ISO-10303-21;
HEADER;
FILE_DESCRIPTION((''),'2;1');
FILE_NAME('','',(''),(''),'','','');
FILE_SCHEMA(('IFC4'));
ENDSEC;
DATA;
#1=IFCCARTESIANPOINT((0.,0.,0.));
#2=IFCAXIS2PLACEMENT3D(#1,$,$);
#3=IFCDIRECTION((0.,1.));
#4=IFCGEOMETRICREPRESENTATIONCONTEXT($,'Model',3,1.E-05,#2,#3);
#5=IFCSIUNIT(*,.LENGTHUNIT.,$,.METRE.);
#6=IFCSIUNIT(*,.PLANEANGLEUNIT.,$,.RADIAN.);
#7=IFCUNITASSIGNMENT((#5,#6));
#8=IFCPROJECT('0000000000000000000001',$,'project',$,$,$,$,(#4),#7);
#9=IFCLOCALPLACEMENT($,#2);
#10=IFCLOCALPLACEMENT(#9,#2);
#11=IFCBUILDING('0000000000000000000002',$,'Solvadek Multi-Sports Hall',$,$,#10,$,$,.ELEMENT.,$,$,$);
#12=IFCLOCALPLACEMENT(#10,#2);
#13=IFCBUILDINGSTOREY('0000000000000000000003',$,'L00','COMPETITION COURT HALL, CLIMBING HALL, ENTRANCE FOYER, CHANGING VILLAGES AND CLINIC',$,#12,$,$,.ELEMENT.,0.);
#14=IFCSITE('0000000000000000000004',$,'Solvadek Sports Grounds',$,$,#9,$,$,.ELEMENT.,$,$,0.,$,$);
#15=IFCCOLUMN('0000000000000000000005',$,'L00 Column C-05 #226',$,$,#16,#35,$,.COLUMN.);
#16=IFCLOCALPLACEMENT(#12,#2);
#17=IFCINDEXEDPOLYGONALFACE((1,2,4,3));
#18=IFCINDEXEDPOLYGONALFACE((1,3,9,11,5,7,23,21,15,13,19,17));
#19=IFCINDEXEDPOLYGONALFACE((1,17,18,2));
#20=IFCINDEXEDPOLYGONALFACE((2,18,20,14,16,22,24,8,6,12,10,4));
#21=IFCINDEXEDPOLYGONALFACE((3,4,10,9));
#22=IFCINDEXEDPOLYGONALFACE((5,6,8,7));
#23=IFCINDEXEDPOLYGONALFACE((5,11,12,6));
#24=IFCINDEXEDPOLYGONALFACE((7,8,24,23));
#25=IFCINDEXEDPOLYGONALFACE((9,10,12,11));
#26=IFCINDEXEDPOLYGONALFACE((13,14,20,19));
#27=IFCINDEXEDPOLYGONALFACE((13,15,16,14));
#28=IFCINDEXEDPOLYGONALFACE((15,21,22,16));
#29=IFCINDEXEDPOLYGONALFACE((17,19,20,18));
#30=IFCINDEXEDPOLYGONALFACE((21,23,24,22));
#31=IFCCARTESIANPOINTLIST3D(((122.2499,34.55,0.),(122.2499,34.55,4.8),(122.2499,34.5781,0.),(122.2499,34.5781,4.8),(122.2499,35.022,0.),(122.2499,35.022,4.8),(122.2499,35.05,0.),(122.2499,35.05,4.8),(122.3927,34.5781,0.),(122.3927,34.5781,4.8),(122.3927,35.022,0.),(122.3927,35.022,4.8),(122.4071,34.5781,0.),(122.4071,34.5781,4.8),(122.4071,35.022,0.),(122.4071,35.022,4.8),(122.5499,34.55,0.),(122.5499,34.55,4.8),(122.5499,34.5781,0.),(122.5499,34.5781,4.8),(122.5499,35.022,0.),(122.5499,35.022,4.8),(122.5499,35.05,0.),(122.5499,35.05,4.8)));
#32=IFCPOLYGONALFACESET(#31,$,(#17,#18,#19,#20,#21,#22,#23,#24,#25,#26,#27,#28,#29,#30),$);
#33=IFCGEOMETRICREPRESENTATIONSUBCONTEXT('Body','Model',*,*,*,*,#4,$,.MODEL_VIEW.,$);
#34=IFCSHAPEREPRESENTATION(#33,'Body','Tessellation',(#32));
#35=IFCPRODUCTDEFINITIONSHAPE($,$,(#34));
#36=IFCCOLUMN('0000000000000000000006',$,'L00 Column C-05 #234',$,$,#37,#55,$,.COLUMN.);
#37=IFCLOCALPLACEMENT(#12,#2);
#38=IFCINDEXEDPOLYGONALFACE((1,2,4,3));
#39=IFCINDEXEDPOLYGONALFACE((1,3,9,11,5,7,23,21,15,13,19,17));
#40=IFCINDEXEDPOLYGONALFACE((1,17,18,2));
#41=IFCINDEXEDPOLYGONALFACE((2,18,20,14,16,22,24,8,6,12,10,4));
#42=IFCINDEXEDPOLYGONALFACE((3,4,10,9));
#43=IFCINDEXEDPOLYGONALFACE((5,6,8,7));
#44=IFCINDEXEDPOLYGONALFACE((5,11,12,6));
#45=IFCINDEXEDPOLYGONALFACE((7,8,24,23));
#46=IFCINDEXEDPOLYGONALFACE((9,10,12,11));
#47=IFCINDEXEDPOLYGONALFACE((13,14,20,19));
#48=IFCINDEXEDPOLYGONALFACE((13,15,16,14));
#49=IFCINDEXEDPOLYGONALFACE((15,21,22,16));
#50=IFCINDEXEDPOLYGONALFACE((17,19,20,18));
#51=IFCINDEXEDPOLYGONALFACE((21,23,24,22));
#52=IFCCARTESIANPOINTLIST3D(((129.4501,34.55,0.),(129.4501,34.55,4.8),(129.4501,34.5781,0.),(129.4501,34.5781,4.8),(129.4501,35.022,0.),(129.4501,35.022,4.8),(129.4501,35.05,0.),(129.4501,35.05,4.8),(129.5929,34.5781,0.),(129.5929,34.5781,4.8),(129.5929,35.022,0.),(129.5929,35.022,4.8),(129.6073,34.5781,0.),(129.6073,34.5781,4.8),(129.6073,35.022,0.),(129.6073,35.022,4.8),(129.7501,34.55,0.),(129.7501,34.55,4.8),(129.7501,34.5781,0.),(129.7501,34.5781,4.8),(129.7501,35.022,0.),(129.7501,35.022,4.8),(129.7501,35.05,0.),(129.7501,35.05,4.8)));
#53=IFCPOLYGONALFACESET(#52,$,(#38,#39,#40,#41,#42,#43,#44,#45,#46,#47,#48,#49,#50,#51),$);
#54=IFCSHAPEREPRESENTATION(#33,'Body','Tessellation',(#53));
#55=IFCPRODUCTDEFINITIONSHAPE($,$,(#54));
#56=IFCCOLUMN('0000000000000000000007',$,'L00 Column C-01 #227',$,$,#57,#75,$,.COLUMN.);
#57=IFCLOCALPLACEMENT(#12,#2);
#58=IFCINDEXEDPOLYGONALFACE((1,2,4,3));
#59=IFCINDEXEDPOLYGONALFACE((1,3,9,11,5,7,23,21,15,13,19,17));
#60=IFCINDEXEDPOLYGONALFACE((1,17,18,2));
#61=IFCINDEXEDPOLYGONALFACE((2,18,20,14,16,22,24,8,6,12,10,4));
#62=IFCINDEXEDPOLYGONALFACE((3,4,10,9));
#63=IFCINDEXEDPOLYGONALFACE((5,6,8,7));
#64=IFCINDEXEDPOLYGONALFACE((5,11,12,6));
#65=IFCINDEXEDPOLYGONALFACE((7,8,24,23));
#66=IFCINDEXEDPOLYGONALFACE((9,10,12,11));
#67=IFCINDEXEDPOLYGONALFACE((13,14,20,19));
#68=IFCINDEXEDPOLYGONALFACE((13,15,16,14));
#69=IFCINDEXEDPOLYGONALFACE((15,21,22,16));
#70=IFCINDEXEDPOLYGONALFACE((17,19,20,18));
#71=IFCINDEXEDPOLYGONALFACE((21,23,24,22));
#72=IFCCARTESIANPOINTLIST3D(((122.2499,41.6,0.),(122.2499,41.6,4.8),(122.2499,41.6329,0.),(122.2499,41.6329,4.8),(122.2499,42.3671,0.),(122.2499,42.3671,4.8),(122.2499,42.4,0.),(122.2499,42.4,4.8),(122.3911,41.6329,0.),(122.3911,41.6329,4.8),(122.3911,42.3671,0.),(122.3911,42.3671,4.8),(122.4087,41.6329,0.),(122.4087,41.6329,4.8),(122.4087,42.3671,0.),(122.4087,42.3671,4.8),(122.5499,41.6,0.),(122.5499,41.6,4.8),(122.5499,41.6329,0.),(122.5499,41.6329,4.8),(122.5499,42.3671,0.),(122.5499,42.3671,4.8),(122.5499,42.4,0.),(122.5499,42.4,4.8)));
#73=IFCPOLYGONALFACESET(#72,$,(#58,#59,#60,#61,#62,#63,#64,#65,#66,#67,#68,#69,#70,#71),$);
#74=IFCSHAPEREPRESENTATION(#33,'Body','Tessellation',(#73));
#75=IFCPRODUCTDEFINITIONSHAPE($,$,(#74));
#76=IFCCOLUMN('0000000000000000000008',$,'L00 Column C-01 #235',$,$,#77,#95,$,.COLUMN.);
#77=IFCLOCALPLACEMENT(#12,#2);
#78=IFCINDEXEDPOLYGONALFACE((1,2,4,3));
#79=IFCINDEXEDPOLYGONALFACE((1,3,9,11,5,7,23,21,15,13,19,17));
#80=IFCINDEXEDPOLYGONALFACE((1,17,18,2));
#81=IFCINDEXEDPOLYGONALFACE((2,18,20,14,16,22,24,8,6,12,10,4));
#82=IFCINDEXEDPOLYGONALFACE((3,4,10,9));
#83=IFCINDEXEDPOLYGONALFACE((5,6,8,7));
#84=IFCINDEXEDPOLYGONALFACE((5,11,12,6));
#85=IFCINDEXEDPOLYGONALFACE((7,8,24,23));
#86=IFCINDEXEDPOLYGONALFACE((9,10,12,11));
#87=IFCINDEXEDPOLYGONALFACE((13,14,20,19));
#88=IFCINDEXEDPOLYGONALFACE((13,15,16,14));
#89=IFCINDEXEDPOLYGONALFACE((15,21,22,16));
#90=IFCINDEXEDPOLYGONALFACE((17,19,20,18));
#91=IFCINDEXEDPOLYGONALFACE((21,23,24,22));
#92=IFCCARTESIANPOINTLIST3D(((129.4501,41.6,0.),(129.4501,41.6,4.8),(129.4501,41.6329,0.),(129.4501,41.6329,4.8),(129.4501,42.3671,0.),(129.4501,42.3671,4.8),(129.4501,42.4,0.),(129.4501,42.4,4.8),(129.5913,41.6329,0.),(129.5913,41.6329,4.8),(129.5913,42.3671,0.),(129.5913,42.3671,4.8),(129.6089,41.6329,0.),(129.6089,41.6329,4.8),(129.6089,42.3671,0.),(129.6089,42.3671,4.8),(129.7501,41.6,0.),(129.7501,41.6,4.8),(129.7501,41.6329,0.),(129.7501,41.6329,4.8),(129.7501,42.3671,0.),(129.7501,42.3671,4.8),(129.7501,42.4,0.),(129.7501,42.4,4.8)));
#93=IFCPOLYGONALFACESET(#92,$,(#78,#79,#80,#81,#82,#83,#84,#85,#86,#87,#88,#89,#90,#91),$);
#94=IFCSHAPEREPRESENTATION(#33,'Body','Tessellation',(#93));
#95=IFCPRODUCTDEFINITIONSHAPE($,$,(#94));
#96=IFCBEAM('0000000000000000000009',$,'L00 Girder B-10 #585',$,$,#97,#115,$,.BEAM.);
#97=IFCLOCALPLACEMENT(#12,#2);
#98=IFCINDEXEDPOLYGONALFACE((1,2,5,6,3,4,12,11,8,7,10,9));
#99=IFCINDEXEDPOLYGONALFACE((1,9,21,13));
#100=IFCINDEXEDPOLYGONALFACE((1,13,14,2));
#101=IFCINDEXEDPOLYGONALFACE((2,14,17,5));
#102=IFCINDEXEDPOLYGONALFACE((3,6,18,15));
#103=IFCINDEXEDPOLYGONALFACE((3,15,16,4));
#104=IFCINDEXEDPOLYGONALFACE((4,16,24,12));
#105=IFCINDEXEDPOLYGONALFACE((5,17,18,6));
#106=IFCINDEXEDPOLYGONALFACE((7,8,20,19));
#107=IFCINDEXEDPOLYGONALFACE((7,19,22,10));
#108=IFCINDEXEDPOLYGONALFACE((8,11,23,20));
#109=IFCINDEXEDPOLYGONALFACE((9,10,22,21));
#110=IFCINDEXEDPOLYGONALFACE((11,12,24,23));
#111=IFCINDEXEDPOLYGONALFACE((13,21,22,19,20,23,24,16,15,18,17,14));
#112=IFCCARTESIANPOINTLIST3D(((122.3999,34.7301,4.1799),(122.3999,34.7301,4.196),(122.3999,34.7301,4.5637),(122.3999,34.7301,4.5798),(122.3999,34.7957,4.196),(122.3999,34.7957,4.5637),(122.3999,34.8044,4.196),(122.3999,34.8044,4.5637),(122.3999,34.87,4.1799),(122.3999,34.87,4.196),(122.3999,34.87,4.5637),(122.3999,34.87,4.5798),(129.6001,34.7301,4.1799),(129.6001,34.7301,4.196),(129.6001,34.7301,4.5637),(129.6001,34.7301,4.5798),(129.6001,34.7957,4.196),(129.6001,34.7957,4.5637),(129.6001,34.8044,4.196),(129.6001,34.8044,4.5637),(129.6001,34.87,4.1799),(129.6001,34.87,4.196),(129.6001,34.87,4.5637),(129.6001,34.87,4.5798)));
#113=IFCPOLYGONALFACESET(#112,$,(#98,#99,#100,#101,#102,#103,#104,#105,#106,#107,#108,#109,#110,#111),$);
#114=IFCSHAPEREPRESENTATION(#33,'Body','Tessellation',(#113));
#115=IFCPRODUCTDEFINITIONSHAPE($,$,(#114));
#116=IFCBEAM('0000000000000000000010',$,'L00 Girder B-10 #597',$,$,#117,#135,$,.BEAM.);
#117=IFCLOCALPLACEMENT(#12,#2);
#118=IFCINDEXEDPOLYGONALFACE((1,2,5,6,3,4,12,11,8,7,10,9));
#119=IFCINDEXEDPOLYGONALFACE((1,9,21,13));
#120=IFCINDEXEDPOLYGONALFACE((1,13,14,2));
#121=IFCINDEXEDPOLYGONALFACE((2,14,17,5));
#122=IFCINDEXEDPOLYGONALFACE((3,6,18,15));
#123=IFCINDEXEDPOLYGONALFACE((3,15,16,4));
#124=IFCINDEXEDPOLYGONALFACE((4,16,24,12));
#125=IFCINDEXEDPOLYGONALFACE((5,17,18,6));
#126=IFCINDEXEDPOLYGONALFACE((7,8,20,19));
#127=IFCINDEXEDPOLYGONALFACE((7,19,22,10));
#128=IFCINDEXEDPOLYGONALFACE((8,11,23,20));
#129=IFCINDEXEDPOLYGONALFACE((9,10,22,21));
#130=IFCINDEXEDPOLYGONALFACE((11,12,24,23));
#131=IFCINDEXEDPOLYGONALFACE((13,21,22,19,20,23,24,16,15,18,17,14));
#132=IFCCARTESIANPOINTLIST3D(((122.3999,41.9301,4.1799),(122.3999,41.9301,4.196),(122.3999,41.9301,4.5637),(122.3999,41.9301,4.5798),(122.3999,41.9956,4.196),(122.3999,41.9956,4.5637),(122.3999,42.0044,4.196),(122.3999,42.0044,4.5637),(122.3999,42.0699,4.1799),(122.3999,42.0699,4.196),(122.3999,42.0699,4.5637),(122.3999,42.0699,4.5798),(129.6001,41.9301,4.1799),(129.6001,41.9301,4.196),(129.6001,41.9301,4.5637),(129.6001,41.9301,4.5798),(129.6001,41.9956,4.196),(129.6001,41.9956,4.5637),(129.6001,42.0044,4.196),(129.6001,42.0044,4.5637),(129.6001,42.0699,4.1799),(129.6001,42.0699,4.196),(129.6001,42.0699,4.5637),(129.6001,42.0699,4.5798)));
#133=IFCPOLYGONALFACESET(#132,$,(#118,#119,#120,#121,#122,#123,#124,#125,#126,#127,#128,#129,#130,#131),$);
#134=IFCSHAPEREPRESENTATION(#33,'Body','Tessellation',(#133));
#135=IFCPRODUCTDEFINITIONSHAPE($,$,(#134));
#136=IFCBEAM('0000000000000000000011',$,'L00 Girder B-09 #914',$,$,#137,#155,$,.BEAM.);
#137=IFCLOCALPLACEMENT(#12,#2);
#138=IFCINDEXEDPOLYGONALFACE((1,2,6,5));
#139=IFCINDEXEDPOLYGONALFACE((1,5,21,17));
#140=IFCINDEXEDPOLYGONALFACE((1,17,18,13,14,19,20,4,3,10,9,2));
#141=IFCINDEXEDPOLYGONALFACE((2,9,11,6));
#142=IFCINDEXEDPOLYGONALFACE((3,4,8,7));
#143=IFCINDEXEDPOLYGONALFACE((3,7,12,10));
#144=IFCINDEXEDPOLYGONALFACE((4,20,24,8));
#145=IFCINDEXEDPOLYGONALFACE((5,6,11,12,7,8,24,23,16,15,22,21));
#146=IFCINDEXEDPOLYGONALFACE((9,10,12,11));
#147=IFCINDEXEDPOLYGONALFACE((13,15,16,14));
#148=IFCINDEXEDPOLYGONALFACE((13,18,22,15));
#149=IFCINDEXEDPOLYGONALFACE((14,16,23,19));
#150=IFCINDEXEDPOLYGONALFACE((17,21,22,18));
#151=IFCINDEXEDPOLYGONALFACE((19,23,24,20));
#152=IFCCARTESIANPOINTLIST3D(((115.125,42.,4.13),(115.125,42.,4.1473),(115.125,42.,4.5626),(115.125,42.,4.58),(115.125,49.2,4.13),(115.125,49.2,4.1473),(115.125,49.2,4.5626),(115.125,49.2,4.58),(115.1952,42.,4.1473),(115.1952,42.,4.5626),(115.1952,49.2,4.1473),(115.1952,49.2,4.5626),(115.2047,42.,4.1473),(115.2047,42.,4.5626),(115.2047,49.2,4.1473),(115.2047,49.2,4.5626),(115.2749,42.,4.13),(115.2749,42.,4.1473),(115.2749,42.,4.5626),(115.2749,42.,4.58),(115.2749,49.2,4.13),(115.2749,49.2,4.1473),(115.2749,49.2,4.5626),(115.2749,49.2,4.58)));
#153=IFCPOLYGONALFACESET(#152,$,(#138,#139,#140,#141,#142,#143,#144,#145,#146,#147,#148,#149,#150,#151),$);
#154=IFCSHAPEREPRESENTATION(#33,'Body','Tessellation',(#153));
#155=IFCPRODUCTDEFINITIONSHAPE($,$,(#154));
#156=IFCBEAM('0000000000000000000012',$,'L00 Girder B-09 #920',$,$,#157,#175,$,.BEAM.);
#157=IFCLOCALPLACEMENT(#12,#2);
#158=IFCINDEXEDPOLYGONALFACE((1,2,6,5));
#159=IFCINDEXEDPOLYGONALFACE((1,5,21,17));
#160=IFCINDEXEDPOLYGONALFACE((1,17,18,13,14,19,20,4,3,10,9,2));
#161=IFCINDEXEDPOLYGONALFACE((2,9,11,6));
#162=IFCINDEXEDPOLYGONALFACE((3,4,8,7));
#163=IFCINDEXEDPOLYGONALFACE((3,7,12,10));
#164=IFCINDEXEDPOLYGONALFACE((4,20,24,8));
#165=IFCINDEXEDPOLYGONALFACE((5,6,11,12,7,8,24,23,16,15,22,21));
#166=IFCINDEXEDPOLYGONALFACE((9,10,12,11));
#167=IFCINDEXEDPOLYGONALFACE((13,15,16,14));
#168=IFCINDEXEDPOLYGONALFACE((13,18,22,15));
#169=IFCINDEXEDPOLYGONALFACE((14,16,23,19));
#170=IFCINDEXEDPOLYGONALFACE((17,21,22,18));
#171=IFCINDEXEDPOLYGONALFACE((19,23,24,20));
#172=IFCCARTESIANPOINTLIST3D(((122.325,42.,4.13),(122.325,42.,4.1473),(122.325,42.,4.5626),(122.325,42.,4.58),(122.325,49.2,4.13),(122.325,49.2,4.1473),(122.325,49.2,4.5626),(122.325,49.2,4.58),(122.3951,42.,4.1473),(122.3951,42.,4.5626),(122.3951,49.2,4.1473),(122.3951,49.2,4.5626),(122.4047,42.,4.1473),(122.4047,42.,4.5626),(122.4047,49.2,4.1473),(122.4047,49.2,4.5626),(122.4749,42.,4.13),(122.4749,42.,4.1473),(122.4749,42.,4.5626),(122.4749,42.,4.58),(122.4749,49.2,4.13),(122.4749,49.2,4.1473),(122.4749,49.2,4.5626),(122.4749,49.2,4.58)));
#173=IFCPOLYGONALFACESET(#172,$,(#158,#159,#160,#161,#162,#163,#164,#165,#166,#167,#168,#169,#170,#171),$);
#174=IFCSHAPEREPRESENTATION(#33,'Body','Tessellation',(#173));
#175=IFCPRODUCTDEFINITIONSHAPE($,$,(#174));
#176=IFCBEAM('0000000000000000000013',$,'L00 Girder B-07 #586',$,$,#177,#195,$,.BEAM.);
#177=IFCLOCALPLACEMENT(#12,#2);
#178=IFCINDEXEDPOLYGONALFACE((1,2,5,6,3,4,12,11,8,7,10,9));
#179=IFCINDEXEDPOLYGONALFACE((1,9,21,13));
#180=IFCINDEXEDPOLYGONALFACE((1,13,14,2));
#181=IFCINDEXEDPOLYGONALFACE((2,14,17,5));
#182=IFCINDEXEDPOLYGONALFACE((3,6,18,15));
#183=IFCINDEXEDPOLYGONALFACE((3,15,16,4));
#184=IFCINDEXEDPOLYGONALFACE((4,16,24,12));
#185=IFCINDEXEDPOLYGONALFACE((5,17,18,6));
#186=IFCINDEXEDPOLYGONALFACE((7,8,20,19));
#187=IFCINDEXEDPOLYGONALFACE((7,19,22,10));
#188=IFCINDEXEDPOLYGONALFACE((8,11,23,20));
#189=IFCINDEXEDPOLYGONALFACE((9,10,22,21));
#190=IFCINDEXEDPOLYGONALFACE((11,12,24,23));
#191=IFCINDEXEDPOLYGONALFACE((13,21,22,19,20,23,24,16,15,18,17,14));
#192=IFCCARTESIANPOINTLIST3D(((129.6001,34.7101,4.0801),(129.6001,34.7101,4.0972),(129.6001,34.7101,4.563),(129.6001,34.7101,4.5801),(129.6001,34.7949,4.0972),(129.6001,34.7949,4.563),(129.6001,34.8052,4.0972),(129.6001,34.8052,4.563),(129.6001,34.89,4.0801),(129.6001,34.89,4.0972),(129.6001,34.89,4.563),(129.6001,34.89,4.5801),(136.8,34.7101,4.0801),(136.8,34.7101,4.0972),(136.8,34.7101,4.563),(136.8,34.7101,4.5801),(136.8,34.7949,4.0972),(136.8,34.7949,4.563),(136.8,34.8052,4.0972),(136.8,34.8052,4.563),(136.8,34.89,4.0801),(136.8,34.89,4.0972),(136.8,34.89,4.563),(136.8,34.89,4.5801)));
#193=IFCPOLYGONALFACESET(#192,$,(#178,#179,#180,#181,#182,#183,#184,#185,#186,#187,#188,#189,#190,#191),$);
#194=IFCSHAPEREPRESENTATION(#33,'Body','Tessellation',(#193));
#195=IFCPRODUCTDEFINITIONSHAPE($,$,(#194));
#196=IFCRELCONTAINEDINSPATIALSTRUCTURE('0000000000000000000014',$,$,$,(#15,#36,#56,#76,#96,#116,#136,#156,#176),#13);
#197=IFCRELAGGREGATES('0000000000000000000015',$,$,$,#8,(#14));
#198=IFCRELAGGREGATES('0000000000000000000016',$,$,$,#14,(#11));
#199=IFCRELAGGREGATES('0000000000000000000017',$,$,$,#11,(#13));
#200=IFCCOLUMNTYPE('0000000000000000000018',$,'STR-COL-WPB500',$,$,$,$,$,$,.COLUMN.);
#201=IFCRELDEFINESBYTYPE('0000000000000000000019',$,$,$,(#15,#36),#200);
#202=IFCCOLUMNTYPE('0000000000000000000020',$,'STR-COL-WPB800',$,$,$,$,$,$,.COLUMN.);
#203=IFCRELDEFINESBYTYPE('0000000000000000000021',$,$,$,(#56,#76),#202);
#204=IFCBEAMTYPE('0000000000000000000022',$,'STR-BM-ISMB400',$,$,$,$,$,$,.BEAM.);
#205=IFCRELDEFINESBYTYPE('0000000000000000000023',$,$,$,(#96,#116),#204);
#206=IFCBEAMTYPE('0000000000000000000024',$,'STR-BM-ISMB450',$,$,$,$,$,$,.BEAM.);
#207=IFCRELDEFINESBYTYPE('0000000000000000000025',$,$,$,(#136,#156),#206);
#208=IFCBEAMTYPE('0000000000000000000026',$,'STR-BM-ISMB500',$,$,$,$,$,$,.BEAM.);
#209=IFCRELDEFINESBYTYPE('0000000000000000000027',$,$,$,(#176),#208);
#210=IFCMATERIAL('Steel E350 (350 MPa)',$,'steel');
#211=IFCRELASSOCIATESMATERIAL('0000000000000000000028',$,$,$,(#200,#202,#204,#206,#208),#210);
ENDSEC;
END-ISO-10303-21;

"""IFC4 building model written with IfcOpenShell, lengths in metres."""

from ifc_helpers import new_model, si_unit, direction, frame, origin, origin_2d, place, context, subcontext, project, spatial, i_section, extrude, material, material_profile, profile_set, type_object, element, save


model = new_model("IFC4")

# Units and contexts
model_context = context("Model", 3, precision=1e-05, world=origin(), true_north=direction((0.0, 1.0)))
body_context = subcontext(model_context, "Body", "Model", "MODEL_VIEW")
ifc_project = project(units=[si_unit("LENGTHUNIT", "METRE"), si_unit("PLANEANGLEUNIT", "RADIAN")], contexts=[model_context])

# Site, building, storey
site_placement = place(None, origin())
site = spatial("IfcSite", under=ifc_project, at=site_placement, Name="Solvadek Sports Grounds", CompositionType="ELEMENT", RefElevation=0.0)
building_placement = place(site_placement, origin())
building = spatial("IfcBuilding", under=site, at=building_placement, Name="Solvadek Multi-Sports Hall", CompositionType="ELEMENT")
storey_placement = place(building_placement, origin())
storey = spatial("IfcBuildingStorey", under=building, at=storey_placement, Name="L00", Description="COMPETITION COURT HALL, CLIMBING HALL, ENTRANCE FOYER, CHANGING VILLAGES AND CLINIC", CompositionType="ELEMENT", Elevation=0.0)

# Columns
ifc_material_1 = material(Name="Steel E350 (350 MPa)", Category="steel")
ifc_material_profile_1 = material_profile(ifc_material_1, i_section(OverallWidth=0.3, OverallDepth=0.5, WebThickness=0.0144, FlangeThickness=0.0281, at=origin_2d()), Name="WPB 500")
ifc_profile_set_1 = profile_set([ifc_material_profile_1], Name="Steel E350 (350 MPa)")
column_type_1 = type_object("IfcColumnType", Name="STR-COL-WPB500", PredefinedType="COLUMN", material=ifc_profile_set_1)
for number, where, z_axis, x_axis, name in (
    (1, (122.3999, 34.8, 0.0), (0.0, 0.0, 1.0), (1.0, 0.0, 0.0), "L00 Column C-05 #226"),
    (2, (129.6001, 34.8, 0.0), (0.0, 0.0, 1.0), (1.0, 0.0, 0.0), "L00 Column C-05 #234"),
):
    element("IfcColumn", number, at=place(storey_placement, frame(where, z_axis=z_axis, x_axis=x_axis)), inside=storey, type_object=column_type_1, Name=name, PredefinedType="COLUMN", context=body_context, shape_type="SweptSolid", body=[
        extrude(i_section(OverallWidth=0.3, OverallDepth=0.5, WebThickness=0.0144, FlangeThickness=0.0281, at=origin_2d()), origin(), (0.0, 0.0, 1.0), 4.8),
    ])
ifc_material_profile_2 = material_profile(ifc_material_1, i_section(OverallWidth=0.3, OverallDepth=0.8, WebThickness=0.0176, FlangeThickness=0.033, at=origin_2d()), Name="WPB 800")
ifc_profile_set_2 = profile_set([ifc_material_profile_2], Name="Steel E350 (350 MPa)")
column_type_2 = type_object("IfcColumnType", Name="STR-COL-WPB800", PredefinedType="COLUMN", material=ifc_profile_set_2)
for number, where, z_axis, x_axis, name in (
    (3, (122.3999, 42.0, 0.0), (0.0, 0.0, 1.0), (1.0, 0.0, 0.0), "L00 Column C-01 #227"),
    (4, (129.6001, 42.0, 0.0), (0.0, 0.0, 1.0), (1.0, 0.0, 0.0), "L00 Column C-01 #235"),
):
    element("IfcColumn", number, at=place(storey_placement, frame(where, z_axis=z_axis, x_axis=x_axis)), inside=storey, type_object=column_type_2, Name=name, PredefinedType="COLUMN", context=body_context, shape_type="SweptSolid", body=[
        extrude(i_section(OverallWidth=0.3, OverallDepth=0.8, WebThickness=0.0176, FlangeThickness=0.033, at=origin_2d()), origin(), (0.0, 0.0, 1.0), 4.8),
    ])

# Beams
ifc_material_profile_3 = material_profile(ifc_material_1, i_section(OverallWidth=0.1399, OverallDepth=0.3999, WebThickness=0.0088, FlangeThickness=0.0161, at=origin_2d()), Name="ISMB 400")
ifc_profile_set_3 = profile_set([ifc_material_profile_3], Name="Steel E350 (350 MPa)")
beam_type_1 = type_object("IfcBeamType", Name="STR-BM-ISMB400", PredefinedType="BEAM", material=ifc_profile_set_3)
for number, where, z_axis, x_axis, name in (
    (5, (122.3999, 34.8, 4.3799), (1.0, 0.0, 0.0), (0.0, 1.0, 0.0), "L00 Girder B-10 #585"),
    (6, (122.3999, 42.0, 4.3799), (1.0, 0.0, 0.0), (0.0, 1.0, 0.0), "L00 Girder B-10 #597"),
):
    element("IfcBeam", number, at=place(storey_placement, frame(where, z_axis=z_axis, x_axis=x_axis)), inside=storey, type_object=beam_type_1, Name=name, PredefinedType="BEAM", context=body_context, shape_type="SweptSolid", body=[
        extrude(i_section(OverallWidth=0.1399, OverallDepth=0.3999, WebThickness=0.0088, FlangeThickness=0.0161, at=origin_2d()), origin(), (0.0, 0.0, 1.0), 7.2002),
    ])
ifc_material_profile_4 = material_profile(ifc_material_1, i_section(OverallWidth=0.1499, OverallDepth=0.45, WebThickness=0.0095, FlangeThickness=0.0173, at=origin_2d()), Name="ISMB 450")
ifc_profile_set_4 = profile_set([ifc_material_profile_4], Name="Steel E350 (350 MPa)")
beam_type_2 = type_object("IfcBeamType", Name="STR-BM-ISMB450", PredefinedType="BEAM", material=ifc_profile_set_4)
for number, where, z_axis, x_axis, name in (
    (7, (115.2, 42.0, 4.355), (0.0, 1.0, 0.0), (-1.0, 0.0, 0.0), "L00 Girder B-09 #914"),
    (8, (122.3999, 42.0, 4.355), (0.0, 1.0, 0.0), (-1.0, 0.0, 0.0), "L00 Girder B-09 #920"),
):
    element("IfcBeam", number, at=place(storey_placement, frame(where, z_axis=z_axis, x_axis=x_axis)), inside=storey, type_object=beam_type_2, Name=name, PredefinedType="BEAM", context=body_context, shape_type="SweptSolid", body=[
        extrude(i_section(OverallWidth=0.1499, OverallDepth=0.45, WebThickness=0.0095, FlangeThickness=0.0173, at=origin_2d()), origin(), (0.0, 0.0, 1.0), 7.2),
    ])
ifc_material_profile_5 = material_profile(ifc_material_1, i_section(OverallWidth=0.1799, OverallDepth=0.5, WebThickness=0.0103, FlangeThickness=0.0171, at=origin_2d()), Name="ISMB 500")
ifc_profile_set_5 = profile_set([ifc_material_profile_5], Name="Steel E350 (350 MPa)")
beam_type_3 = type_object("IfcBeamType", Name="STR-BM-ISMB500", PredefinedType="BEAM", material=ifc_profile_set_5)
for number, where, z_axis, x_axis, name in (
    (9, (129.6001, 34.8, 4.3301), (1.0, 0.0, 0.0), (0.0, 1.0, 0.0), "L00 Girder B-07 #586"),
):
    element("IfcBeam", number, at=place(storey_placement, frame(where, z_axis=z_axis, x_axis=x_axis)), inside=storey, type_object=beam_type_3, Name=name, PredefinedType="BEAM", context=body_context, shape_type="SweptSolid", body=[
        extrude(i_section(OverallWidth=0.1799, OverallDepth=0.5, WebThickness=0.0103, FlangeThickness=0.0171, at=origin_2d()), origin(), (0.0, 0.0, 1.0), 7.2),
    ])

save(model, "model.ifc")
